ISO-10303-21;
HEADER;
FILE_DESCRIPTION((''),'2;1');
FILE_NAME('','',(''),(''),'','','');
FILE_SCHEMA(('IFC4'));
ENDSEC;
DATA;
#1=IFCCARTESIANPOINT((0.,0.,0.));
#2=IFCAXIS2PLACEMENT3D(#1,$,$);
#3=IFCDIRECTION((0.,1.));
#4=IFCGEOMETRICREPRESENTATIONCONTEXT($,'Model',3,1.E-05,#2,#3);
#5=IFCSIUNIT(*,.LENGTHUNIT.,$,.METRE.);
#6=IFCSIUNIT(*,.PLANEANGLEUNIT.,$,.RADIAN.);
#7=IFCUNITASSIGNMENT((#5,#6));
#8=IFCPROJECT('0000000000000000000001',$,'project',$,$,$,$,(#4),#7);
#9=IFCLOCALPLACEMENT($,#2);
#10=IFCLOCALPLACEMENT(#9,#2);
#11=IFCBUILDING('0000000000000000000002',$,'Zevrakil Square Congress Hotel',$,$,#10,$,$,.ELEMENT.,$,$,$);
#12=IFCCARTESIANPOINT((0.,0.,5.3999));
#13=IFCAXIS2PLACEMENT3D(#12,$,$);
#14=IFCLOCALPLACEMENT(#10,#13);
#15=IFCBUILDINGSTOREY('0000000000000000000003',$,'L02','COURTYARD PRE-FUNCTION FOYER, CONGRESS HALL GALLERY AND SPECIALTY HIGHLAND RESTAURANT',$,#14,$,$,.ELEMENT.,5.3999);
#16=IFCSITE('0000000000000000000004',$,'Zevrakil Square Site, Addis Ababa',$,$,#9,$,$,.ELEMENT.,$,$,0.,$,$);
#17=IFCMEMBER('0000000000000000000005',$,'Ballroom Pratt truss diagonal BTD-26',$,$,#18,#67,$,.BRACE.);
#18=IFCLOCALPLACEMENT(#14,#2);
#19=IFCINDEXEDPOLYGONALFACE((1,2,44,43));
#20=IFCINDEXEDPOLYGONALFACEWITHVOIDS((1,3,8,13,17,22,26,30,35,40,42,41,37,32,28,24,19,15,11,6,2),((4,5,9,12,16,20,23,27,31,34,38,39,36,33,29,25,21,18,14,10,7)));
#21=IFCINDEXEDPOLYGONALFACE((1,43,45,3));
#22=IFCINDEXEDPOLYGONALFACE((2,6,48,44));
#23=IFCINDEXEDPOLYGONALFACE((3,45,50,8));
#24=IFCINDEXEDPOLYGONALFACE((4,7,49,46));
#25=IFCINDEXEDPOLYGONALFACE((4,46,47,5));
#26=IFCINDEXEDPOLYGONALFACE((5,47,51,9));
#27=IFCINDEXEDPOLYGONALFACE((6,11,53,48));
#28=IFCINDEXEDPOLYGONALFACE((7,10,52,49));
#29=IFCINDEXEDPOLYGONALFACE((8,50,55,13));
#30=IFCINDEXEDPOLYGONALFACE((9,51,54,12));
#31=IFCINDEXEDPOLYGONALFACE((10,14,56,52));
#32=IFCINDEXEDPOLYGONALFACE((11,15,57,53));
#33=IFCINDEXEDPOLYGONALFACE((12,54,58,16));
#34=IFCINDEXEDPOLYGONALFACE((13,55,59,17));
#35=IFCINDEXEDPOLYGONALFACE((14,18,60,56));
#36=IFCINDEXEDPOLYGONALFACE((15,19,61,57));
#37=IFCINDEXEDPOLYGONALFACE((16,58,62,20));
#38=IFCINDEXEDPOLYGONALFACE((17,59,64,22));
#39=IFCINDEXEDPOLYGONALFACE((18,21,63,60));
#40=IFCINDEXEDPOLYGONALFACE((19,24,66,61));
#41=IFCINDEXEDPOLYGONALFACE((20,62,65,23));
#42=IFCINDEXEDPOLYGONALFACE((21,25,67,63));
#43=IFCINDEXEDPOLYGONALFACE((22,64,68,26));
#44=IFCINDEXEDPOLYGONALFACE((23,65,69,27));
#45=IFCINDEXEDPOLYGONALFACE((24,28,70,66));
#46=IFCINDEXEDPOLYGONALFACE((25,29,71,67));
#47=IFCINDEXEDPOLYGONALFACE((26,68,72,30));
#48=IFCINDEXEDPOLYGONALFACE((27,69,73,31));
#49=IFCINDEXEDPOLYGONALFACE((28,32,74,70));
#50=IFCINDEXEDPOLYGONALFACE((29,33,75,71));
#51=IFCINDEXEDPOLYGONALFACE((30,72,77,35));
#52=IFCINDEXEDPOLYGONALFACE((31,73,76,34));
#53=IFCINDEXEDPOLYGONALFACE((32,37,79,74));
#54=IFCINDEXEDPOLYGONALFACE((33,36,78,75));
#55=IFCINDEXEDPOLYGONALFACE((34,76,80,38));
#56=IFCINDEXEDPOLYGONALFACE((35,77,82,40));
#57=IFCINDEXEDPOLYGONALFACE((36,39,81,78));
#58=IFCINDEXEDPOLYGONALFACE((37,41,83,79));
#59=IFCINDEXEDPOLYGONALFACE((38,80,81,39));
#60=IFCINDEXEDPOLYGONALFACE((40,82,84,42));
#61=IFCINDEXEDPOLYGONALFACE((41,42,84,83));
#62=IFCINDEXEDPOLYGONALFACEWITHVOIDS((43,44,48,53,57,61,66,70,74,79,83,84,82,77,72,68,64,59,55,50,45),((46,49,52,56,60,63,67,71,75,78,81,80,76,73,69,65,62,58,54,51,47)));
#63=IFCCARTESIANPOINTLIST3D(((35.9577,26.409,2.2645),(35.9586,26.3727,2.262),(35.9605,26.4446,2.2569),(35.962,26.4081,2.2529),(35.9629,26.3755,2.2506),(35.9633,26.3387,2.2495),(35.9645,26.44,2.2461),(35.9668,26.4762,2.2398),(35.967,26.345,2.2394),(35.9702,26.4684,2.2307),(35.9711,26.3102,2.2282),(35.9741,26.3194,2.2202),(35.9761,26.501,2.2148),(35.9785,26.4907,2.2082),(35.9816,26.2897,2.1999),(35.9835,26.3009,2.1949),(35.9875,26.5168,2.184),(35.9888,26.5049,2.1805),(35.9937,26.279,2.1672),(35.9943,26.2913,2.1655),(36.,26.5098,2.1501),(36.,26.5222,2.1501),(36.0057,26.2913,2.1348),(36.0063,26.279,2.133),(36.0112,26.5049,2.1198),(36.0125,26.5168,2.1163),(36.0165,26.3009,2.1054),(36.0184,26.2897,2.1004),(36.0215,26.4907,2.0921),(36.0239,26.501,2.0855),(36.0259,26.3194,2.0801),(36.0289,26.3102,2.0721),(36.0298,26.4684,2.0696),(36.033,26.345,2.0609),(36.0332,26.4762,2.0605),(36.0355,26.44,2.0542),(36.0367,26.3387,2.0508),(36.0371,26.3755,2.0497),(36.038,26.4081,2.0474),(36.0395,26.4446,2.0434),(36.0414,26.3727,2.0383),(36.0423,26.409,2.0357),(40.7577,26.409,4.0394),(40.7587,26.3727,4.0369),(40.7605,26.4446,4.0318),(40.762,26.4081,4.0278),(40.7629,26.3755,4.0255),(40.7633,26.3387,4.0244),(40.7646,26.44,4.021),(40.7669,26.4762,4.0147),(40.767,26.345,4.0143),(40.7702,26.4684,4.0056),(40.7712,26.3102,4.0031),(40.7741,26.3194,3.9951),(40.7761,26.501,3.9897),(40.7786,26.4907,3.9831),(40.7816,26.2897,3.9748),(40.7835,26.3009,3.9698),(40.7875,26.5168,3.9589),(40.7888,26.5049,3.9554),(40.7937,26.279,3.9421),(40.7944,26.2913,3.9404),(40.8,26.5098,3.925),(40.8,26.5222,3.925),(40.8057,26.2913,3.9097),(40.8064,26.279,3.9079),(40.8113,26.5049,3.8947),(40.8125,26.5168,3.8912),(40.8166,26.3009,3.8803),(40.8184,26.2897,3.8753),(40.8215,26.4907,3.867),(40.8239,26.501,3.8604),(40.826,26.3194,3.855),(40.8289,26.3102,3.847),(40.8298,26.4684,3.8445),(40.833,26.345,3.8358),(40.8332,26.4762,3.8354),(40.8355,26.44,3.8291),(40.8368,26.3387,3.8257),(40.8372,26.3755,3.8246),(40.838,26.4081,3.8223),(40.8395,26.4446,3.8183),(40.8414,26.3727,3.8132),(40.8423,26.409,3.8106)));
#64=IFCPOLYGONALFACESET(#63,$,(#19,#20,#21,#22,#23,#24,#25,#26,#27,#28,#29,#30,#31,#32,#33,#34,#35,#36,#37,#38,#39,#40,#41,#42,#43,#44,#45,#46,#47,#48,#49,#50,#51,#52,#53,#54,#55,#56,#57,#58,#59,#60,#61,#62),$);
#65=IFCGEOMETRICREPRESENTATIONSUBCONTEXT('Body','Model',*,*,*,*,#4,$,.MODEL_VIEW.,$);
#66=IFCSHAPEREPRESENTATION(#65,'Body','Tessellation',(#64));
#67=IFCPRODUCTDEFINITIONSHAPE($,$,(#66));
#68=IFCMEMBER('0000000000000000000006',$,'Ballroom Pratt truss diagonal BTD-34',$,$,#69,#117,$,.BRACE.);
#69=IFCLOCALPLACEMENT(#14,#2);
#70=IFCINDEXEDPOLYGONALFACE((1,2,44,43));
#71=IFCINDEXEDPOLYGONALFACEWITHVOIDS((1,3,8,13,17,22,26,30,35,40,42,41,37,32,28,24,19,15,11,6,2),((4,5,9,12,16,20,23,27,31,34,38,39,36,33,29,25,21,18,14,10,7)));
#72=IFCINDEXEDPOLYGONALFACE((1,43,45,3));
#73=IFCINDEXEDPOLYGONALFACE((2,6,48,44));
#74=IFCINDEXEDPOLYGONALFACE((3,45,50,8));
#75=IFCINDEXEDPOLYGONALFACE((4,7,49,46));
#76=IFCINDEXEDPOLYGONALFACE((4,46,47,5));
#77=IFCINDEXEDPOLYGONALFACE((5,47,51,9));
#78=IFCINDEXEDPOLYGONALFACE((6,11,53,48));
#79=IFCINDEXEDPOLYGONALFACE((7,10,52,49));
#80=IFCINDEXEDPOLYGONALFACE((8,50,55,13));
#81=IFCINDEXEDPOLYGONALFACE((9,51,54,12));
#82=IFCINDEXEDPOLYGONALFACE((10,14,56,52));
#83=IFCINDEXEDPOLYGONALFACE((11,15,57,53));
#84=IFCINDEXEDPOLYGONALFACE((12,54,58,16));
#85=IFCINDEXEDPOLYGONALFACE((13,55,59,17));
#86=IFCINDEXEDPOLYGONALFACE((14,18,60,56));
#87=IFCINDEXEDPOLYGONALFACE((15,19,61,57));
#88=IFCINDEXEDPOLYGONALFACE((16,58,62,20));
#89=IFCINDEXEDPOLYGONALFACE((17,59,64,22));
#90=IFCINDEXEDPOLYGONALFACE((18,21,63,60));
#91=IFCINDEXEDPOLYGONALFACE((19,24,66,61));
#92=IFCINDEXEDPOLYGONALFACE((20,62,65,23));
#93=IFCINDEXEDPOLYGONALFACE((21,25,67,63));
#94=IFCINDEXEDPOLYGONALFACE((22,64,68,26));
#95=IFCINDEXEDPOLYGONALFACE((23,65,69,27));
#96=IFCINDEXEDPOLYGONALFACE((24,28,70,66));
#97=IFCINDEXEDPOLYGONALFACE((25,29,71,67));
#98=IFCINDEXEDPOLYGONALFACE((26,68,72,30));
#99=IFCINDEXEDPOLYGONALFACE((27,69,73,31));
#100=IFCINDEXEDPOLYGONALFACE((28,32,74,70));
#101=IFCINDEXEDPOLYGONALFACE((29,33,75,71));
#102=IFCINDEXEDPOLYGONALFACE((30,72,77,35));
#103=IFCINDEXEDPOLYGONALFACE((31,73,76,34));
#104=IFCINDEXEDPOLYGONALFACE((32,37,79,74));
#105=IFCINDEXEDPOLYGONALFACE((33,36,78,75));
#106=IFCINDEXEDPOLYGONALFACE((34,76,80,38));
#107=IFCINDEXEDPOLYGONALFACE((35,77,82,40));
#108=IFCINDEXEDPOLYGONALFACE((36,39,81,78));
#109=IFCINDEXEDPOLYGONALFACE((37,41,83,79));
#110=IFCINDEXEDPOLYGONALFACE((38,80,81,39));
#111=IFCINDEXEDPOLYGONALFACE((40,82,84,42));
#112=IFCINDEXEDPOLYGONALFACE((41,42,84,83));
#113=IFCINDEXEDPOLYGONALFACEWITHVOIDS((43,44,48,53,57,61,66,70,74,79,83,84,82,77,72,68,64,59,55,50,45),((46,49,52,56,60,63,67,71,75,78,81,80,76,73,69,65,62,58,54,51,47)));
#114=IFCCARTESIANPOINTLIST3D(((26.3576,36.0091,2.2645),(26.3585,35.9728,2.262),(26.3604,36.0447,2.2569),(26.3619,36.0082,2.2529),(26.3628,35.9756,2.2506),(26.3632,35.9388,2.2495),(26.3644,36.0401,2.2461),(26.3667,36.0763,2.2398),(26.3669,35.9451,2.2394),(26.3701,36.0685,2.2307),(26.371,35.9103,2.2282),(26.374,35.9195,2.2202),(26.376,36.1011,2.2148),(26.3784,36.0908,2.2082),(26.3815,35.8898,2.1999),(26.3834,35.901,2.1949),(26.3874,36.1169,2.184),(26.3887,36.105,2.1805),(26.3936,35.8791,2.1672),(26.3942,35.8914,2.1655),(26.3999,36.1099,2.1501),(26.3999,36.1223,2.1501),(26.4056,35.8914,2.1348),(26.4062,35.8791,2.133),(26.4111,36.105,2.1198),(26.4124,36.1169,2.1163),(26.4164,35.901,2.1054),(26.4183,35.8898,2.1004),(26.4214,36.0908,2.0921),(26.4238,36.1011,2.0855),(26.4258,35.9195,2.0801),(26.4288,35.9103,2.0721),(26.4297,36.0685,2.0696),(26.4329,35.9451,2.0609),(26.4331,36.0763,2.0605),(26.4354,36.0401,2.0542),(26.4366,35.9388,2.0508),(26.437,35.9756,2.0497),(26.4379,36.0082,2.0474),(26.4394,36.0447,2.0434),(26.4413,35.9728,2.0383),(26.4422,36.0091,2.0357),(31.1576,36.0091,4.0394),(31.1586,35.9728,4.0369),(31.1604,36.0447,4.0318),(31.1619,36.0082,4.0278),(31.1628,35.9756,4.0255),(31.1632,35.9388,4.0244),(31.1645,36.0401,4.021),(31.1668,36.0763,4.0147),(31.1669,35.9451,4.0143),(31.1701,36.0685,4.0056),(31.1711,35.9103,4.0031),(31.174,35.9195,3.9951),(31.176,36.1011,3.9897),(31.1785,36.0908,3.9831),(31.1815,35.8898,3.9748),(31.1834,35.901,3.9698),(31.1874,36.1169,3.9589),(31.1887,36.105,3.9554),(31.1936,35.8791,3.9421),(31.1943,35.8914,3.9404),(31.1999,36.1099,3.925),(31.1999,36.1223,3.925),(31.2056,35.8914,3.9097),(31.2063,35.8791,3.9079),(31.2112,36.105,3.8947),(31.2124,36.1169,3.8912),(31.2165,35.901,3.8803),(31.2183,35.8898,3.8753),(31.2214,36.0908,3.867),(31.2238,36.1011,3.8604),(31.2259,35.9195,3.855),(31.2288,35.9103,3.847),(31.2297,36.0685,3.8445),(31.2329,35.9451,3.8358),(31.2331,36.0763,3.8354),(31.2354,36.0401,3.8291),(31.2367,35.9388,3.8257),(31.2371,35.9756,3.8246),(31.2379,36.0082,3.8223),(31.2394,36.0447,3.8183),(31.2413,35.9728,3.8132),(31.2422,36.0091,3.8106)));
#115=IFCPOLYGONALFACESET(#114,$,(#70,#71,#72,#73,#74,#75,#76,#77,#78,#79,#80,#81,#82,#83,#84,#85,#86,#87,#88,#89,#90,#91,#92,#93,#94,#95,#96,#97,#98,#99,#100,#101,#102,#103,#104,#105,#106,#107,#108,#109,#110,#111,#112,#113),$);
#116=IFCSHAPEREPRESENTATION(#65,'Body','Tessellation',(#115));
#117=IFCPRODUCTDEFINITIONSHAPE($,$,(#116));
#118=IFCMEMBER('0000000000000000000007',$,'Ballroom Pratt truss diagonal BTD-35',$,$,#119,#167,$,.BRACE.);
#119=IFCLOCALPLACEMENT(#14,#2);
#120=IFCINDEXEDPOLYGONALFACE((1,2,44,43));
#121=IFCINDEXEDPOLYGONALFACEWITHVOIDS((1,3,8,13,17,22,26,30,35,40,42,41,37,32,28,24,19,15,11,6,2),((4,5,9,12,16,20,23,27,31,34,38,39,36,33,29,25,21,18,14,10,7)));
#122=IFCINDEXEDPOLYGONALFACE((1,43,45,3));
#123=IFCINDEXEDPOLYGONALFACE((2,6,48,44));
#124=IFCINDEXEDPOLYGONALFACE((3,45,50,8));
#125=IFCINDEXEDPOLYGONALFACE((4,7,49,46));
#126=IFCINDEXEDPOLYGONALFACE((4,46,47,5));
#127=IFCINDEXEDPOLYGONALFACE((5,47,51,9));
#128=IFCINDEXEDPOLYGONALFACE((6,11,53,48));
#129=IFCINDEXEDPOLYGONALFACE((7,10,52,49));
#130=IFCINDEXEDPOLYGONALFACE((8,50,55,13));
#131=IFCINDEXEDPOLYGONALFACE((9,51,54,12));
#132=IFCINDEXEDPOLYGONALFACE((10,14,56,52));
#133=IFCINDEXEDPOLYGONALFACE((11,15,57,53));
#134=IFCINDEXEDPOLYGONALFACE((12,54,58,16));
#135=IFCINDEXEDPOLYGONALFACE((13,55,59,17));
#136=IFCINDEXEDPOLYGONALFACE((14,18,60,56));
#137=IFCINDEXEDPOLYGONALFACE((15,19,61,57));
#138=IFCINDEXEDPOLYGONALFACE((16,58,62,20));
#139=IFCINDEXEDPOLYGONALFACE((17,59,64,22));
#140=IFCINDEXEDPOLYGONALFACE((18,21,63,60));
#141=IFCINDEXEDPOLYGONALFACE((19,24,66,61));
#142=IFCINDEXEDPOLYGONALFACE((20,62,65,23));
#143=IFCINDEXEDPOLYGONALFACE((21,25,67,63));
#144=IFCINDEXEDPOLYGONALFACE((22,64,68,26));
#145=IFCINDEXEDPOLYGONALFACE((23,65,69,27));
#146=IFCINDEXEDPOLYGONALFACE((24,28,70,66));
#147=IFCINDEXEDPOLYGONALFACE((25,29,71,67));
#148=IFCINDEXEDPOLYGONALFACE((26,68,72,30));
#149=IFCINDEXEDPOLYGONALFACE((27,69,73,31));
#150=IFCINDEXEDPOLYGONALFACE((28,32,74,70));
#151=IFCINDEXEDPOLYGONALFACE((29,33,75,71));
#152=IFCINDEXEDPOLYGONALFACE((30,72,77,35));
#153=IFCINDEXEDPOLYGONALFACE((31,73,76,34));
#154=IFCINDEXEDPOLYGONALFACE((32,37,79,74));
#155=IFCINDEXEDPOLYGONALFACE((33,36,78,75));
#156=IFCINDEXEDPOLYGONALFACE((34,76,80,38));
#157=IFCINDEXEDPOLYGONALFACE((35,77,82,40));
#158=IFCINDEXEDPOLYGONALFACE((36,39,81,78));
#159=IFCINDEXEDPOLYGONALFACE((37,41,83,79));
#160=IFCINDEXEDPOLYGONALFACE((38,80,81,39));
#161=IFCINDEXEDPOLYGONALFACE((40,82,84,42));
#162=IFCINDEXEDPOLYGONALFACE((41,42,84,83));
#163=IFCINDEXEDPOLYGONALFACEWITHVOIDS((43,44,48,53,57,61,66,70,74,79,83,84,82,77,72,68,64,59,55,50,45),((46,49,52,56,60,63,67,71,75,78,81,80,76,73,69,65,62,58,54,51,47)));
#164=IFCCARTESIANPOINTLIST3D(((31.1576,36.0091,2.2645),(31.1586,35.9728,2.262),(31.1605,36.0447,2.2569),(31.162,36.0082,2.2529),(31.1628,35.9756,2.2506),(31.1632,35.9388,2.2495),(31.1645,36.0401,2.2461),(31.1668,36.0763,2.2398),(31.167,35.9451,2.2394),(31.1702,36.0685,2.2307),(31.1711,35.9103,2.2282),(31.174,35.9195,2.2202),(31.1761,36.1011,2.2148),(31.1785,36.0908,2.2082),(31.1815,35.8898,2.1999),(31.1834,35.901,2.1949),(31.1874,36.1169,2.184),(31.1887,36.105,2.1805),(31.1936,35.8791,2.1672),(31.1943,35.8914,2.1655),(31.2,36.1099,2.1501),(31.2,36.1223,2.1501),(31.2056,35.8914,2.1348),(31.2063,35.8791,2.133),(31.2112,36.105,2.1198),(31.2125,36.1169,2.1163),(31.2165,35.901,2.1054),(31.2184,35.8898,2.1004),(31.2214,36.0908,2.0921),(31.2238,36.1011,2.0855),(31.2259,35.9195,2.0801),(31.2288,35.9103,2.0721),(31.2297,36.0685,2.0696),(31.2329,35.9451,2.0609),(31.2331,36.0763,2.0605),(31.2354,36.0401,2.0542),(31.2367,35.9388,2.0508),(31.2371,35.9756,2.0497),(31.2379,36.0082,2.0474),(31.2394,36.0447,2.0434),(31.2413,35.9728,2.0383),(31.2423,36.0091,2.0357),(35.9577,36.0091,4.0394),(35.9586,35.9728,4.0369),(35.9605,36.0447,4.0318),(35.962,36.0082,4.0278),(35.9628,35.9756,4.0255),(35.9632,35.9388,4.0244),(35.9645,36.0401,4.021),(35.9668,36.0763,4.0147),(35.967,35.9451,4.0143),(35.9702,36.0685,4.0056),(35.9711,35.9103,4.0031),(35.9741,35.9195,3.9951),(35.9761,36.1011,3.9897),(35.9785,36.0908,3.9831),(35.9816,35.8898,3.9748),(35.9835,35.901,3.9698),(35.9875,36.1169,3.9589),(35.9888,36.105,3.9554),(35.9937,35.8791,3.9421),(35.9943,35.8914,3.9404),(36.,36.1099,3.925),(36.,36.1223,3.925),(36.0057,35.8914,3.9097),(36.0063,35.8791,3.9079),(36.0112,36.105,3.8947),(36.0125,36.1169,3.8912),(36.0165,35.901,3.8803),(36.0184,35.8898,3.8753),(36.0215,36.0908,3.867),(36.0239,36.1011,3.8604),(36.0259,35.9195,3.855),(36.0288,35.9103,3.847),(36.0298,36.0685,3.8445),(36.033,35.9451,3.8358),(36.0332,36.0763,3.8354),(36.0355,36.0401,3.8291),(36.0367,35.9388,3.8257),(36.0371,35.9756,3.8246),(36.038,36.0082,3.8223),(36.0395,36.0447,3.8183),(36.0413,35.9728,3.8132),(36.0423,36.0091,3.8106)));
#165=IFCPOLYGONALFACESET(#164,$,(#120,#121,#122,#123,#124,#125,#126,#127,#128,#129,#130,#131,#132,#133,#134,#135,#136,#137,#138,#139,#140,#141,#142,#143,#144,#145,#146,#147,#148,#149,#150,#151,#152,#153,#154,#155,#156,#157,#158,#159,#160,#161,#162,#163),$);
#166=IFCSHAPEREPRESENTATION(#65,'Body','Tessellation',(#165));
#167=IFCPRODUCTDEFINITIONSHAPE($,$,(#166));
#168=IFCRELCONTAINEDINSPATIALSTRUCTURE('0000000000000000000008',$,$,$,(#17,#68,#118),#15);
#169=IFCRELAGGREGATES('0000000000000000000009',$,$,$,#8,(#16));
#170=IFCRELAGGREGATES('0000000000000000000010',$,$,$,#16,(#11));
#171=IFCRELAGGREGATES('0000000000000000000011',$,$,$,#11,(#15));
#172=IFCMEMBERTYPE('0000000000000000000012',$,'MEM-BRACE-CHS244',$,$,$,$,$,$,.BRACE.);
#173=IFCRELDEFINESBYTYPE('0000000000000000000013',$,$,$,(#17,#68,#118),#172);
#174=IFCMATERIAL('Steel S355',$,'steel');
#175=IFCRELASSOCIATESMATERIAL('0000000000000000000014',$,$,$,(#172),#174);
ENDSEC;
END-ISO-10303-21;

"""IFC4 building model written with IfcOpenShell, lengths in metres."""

from ifc_helpers import new_model, si_unit, direction, frame, origin, origin_2d, place, context, subcontext, project, spatial, hollow_circle, extrude, material, material_profile, profile_set, type_object, element, save


model = new_model("IFC4")

# Units and contexts
model_context = context("Model", 3, precision=1e-05, world=origin(), true_north=direction((0.0, 1.0)))
body_context = subcontext(model_context, "Body", "Model", "MODEL_VIEW")
ifc_project = project(units=[si_unit("LENGTHUNIT", "METRE"), si_unit("PLANEANGLEUNIT", "RADIAN")], contexts=[model_context])

# Site, building, storey
site_placement = place(None, origin())
site = spatial("IfcSite", under=ifc_project, at=site_placement, Name="Zevrakil Square Site, Addis Ababa", CompositionType="ELEMENT", RefElevation=0.0)
building_placement = place(site_placement, origin())
building = spatial("IfcBuilding", under=site, at=building_placement, Name="Zevrakil Square Congress Hotel", CompositionType="ELEMENT")
storey_placement = place(building_placement, frame((0.0, 0.0, 5.3999)))
storey = spatial("IfcBuildingStorey", under=building, at=storey_placement, Name="L02", Description="COURTYARD PRE-FUNCTION FOYER, CONGRESS HALL GALLERY AND SPECIALTY HIGHLAND RESTAURANT", CompositionType="ELEMENT", Elevation=5.3999)

# Members
ifc_material_1 = material(Name="Steel S355", Category="steel")
ifc_material_profile_1 = material_profile(ifc_material_1, hollow_circle(Radius=0.1223, WallThickness=0.0125, at=origin_2d()), Name="CHS 244.5x12.5")
ifc_profile_set_1 = profile_set([ifc_material_profile_1], Name="Steel S355")
member_type_1 = type_object("IfcMemberType", Name="MEM-BRACE-CHS244", PredefinedType="BRACE", material=ifc_profile_set_1)
for number, where, z_axis, x_axis, name in (
    (1, (36.0, 26.3999, 2.1501), (0.937933, 0.0, 0.346817), (0.0, 1.0, 0.0), "Ballroom Pratt truss diagonal BTD-26"),
    (2, (26.3999, 36.0, 2.1501), (0.937933, 0.0, 0.346817), (0.0, 1.0, 0.0), "Ballroom Pratt truss diagonal BTD-34"),
    (3, (31.2, 36.0, 2.1501), (0.937933, 0.0, 0.346817), (0.0, 1.0, 0.0), "Ballroom Pratt truss diagonal BTD-35"),
):
    element("IfcMember", number, at=place(storey_placement, frame(where, z_axis=z_axis, x_axis=x_axis)), inside=storey, type_object=member_type_1, Name=name, PredefinedType="BRACE", context=body_context, shape_type="SweptSolid", body=[
        extrude(hollow_circle(Radius=0.1223, WallThickness=0.0125, at=origin_2d()), origin(), (0.0, 0.0, 1.0), 5.1177),
    ])

save(model, "model.ifc")
